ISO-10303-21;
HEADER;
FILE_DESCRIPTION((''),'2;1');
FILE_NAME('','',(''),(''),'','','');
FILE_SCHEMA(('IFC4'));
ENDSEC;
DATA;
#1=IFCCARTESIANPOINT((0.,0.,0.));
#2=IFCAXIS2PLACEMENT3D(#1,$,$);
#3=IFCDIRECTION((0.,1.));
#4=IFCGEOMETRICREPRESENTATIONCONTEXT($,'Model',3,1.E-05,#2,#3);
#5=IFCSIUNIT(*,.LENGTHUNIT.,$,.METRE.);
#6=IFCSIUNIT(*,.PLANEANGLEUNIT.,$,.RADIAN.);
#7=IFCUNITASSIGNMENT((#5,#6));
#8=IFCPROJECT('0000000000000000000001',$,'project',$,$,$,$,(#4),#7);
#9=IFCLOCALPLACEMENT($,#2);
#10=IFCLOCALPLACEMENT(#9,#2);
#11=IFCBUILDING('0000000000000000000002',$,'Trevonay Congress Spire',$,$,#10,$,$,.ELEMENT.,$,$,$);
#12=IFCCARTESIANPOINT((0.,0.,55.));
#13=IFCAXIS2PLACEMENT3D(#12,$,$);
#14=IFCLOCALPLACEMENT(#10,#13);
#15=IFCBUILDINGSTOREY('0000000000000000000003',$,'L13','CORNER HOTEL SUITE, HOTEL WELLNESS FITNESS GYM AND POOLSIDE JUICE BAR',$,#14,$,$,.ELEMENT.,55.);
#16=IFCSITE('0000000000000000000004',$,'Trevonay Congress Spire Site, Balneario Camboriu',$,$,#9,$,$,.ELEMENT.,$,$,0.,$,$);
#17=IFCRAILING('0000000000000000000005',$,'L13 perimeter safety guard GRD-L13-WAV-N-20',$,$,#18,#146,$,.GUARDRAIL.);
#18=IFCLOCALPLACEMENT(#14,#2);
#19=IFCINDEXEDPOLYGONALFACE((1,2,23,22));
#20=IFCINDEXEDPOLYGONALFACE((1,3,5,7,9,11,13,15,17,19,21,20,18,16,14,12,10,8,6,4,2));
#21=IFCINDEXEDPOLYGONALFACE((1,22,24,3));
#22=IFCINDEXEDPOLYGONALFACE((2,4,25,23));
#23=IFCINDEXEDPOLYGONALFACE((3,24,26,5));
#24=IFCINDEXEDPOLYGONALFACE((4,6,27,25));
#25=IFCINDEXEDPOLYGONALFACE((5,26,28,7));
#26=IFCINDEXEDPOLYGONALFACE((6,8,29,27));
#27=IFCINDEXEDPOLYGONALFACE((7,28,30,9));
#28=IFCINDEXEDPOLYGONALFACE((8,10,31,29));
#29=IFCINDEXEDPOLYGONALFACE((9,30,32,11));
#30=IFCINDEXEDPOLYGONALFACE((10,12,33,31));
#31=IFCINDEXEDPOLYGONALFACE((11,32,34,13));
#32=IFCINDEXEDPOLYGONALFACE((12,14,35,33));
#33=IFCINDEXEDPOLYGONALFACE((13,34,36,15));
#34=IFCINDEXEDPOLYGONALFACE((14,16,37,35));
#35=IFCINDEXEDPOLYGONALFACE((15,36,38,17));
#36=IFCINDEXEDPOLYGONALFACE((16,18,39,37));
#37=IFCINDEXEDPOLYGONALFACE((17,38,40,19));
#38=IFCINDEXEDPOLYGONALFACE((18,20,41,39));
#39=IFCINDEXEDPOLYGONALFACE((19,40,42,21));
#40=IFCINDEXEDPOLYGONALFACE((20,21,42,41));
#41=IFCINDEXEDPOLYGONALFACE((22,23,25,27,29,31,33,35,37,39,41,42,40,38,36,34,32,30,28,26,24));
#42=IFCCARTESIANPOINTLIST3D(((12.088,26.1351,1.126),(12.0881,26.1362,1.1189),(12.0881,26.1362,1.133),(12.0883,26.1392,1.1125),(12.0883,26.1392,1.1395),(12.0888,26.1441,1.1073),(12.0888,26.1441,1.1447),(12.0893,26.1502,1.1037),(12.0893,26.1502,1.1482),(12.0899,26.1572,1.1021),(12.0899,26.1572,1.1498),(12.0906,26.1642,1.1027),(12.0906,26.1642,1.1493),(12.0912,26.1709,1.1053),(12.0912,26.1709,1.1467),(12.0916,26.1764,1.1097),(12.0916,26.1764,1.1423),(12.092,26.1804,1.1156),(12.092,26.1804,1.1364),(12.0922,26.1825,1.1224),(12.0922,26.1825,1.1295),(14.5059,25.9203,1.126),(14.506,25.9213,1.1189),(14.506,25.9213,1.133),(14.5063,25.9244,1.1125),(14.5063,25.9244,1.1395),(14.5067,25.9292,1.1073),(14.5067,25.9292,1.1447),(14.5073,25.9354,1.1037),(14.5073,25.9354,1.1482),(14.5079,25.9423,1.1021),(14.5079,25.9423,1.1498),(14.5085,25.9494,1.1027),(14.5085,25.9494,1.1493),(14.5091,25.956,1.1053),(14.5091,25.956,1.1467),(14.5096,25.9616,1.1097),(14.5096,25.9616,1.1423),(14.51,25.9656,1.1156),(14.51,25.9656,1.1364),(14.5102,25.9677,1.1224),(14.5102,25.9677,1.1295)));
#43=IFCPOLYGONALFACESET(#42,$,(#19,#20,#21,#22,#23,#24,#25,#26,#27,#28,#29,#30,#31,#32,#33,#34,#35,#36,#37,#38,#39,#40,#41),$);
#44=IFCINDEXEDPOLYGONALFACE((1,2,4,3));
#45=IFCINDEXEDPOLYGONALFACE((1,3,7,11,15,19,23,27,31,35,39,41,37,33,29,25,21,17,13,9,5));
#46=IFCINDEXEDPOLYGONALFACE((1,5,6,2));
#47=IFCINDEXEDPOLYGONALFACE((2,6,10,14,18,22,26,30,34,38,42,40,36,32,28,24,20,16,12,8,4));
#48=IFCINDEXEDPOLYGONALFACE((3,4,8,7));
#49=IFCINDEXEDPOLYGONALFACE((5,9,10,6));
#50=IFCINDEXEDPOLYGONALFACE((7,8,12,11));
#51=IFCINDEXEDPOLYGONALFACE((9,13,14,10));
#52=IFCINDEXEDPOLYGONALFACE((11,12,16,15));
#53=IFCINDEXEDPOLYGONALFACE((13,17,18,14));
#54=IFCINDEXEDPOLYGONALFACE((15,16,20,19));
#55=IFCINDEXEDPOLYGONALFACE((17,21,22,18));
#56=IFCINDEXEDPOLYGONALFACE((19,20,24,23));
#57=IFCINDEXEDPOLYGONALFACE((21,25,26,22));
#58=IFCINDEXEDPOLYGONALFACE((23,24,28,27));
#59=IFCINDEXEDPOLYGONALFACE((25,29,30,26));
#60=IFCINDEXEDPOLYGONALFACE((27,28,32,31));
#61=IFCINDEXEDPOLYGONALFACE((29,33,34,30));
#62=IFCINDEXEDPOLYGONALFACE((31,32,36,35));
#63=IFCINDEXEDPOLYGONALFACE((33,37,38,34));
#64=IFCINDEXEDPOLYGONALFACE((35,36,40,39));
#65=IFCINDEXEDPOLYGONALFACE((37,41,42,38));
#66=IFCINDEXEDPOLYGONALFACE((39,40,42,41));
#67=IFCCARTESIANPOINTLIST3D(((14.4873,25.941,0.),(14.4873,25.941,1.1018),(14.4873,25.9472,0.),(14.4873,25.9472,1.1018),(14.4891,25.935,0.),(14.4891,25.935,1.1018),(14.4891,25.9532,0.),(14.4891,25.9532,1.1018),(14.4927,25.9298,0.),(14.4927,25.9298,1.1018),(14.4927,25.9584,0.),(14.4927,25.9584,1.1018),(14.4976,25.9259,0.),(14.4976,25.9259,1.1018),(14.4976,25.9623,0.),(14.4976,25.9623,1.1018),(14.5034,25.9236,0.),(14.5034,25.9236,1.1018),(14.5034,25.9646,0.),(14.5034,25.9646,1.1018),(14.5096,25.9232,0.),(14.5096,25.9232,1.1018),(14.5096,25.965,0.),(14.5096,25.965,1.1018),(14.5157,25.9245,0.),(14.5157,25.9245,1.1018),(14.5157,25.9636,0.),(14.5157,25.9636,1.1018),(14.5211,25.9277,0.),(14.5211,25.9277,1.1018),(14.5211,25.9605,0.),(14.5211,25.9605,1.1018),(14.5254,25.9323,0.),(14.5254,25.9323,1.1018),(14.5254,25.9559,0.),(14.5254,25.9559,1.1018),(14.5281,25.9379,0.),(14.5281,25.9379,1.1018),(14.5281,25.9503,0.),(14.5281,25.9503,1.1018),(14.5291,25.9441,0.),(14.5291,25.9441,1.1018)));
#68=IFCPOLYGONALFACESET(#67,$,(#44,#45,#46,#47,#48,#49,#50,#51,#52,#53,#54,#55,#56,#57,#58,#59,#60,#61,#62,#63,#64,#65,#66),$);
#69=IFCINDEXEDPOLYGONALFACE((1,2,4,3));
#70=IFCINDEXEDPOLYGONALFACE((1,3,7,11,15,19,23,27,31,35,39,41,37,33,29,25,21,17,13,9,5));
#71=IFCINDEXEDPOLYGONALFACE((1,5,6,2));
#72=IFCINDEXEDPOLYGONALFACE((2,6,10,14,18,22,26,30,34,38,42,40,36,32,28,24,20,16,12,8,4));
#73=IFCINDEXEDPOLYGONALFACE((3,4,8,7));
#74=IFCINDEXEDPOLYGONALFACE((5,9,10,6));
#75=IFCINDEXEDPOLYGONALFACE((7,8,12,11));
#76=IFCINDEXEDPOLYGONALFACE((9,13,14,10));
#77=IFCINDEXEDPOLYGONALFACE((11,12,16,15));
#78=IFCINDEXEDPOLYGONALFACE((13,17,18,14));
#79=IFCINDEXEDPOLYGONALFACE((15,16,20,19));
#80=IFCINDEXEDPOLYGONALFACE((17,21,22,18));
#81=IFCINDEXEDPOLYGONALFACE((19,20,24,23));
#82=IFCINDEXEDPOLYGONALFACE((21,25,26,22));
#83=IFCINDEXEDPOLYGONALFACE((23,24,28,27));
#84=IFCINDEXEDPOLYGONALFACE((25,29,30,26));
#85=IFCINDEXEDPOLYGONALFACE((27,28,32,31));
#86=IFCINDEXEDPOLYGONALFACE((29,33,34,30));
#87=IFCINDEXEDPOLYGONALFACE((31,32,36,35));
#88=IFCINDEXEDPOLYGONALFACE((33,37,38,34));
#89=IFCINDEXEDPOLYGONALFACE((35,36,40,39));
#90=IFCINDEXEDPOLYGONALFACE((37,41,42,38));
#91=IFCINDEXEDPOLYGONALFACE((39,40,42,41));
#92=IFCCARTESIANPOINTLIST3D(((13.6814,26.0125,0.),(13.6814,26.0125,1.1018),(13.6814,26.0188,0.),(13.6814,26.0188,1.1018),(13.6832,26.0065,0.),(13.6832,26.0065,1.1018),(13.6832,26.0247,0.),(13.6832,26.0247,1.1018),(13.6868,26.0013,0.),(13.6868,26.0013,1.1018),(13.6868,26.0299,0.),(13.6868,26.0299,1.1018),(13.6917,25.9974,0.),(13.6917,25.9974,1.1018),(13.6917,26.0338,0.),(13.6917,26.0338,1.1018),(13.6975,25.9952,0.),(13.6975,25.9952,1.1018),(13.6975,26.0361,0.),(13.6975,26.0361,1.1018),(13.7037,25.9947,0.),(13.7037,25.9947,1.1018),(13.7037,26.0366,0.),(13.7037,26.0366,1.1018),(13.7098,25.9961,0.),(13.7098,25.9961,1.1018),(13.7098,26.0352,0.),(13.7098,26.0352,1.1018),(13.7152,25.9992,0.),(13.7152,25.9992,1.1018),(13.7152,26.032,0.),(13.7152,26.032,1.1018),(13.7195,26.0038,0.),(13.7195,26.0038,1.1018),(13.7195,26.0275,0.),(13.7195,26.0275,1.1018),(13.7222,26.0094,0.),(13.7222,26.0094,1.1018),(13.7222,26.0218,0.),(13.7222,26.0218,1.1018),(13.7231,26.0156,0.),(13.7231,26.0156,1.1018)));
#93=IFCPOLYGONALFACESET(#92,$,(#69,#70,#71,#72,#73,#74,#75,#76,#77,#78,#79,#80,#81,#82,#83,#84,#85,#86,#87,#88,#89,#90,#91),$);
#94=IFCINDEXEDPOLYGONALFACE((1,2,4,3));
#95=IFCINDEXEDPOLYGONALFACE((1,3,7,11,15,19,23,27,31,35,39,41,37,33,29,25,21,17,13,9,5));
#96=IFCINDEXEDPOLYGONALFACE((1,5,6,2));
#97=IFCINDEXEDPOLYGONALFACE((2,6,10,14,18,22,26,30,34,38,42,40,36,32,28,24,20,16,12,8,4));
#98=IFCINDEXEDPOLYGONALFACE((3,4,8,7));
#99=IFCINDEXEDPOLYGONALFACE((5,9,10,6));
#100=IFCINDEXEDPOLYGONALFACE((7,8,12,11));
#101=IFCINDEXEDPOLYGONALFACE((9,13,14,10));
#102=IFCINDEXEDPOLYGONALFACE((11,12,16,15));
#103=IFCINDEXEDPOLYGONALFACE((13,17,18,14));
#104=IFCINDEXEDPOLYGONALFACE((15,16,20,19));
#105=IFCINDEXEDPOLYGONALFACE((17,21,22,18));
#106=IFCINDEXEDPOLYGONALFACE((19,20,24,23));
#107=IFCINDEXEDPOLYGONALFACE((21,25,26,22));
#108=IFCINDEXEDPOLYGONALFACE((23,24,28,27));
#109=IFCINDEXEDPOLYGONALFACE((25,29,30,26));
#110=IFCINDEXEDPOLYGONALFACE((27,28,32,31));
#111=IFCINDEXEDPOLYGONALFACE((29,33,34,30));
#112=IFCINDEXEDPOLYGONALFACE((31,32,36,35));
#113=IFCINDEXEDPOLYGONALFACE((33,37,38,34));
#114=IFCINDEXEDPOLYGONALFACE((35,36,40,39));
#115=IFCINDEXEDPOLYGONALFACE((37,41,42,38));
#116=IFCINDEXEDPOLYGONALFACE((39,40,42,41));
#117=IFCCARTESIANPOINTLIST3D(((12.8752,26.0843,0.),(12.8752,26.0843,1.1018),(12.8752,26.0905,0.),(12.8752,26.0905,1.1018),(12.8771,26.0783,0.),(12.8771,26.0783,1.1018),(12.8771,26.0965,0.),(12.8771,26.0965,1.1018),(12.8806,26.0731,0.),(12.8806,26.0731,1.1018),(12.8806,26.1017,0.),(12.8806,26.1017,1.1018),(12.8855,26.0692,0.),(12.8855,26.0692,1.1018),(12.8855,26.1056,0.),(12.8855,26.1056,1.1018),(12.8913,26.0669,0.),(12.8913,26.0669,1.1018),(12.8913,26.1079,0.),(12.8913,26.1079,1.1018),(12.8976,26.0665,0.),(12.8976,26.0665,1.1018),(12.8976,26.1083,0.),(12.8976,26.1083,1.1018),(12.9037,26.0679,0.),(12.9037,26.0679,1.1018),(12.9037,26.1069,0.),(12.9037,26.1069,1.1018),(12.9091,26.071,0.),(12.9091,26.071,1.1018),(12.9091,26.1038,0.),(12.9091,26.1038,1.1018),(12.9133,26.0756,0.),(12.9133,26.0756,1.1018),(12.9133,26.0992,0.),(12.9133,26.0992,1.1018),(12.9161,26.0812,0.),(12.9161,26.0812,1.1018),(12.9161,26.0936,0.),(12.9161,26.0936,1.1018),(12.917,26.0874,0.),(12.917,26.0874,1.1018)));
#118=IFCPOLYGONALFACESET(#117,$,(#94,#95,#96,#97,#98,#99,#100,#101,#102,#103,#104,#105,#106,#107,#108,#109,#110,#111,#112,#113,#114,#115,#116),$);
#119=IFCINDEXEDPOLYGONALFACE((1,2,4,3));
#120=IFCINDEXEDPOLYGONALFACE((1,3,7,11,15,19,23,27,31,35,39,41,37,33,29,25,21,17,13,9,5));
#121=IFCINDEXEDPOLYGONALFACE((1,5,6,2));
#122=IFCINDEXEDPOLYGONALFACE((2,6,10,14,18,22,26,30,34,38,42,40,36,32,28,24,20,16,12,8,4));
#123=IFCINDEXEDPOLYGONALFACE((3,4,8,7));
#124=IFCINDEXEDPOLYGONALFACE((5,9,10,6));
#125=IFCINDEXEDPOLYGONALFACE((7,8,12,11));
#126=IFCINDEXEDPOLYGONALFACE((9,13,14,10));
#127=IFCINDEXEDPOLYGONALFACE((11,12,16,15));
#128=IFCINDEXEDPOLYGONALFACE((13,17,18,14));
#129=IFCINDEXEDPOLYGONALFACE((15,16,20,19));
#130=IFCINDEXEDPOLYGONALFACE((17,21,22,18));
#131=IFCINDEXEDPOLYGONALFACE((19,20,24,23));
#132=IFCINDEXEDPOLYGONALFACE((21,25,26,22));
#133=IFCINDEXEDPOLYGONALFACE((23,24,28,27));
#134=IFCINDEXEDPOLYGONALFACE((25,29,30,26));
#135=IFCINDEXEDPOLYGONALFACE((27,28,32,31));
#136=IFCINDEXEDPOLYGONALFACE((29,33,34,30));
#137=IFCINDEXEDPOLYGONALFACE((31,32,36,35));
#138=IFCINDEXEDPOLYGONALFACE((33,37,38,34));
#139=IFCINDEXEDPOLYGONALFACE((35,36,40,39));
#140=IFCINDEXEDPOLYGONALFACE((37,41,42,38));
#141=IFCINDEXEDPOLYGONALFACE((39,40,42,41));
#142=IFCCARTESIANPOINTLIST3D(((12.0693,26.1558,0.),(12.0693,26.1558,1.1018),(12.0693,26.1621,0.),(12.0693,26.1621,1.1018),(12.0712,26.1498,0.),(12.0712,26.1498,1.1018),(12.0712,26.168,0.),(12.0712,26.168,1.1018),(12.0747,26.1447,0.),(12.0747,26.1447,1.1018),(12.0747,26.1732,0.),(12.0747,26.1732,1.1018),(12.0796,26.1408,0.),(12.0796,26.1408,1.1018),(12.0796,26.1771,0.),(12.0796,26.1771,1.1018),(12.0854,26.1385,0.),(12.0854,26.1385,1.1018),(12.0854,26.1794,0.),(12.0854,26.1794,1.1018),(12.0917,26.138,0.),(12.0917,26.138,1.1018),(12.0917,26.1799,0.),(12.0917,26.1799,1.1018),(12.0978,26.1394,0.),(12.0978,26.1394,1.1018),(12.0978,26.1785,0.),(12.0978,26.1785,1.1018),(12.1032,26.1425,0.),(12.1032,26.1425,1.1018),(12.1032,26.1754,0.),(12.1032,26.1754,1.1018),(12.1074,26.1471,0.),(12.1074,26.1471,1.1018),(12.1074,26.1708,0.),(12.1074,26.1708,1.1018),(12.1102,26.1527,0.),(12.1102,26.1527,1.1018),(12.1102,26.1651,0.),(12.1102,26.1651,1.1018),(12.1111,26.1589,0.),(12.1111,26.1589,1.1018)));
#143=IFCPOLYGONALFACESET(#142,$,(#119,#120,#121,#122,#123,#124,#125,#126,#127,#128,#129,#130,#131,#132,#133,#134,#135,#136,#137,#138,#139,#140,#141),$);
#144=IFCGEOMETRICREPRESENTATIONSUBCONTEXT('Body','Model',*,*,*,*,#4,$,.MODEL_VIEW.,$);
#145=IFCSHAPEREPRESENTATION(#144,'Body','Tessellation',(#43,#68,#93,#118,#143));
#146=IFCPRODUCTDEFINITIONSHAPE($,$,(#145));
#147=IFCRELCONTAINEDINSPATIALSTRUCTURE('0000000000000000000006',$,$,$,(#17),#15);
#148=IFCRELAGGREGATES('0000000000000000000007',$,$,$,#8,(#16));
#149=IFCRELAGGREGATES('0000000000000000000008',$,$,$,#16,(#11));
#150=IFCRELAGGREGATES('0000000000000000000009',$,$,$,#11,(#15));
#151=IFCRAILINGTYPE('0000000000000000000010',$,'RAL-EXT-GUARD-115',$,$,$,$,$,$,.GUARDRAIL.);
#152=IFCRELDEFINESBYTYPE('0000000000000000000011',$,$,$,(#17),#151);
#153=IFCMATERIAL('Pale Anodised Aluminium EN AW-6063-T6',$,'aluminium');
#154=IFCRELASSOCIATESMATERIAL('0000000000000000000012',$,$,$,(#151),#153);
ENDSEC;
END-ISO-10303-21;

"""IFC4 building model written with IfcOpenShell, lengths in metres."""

from ifc_helpers import new_model, si_unit, direction, frame, origin, origin_2d, place, context, subcontext, project, spatial, circle, extrude, material, type_object, element, save


model = new_model("IFC4")

# Units and contexts
model_context = context("Model", 3, precision=1e-05, world=origin(), true_north=direction((0.0, 1.0)))
body_context = subcontext(model_context, "Body", "Model", "MODEL_VIEW")
ifc_project = project(units=[si_unit("LENGTHUNIT", "METRE"), si_unit("PLANEANGLEUNIT", "RADIAN")], contexts=[model_context])

# Site, building, storey
site_placement = place(None, origin())
site = spatial("IfcSite", under=ifc_project, at=site_placement, Name="Trevonay Congress Spire Site, Balneario Camboriu", CompositionType="ELEMENT", RefElevation=0.0)
building_placement = place(site_placement, origin())
building = spatial("IfcBuilding", under=site, at=building_placement, Name="Trevonay Congress Spire", CompositionType="ELEMENT")
storey_placement = place(building_placement, frame((0.0, 0.0, 55.0)))
storey = spatial("IfcBuildingStorey", under=building, at=storey_placement, Name="L13", Description="CORNER HOTEL SUITE, HOTEL WELLNESS FITNESS GYM AND POOLSIDE JUICE BAR", CompositionType="ELEMENT", Elevation=55.0)

# Shared definitions
ifc_material_1 = material(Name="Pale Anodised Aluminium EN AW-6063-T6", Category="aluminium")

# Railing
railing_type = type_object("IfcRailingType", Name="RAL-EXT-GUARD-115", PredefinedType="GUARDRAIL", material=ifc_material_1)
railing_1_placement = place(storey_placement, frame((14.5081, 25.9441, 0.0)))
element("IfcRailing", 1, at=railing_1_placement, inside=storey, type_object=railing_type, Name="L13 perimeter safety guard GRD-L13-WAV-N-20", PredefinedType="GUARDRAIL", context=body_context, shape_type="SweptSolid", body=[
    extrude(circle(Radius=0.0239, at=origin_2d()), frame((0.0, 0.0, 1.126), z_axis=(-0.996076, 0.088504, 0.0), x_axis=(-0.088504, -0.996076, 0.0)), (0.0, 0.0, 1.0), 2.4275),
    extrude(circle(Radius=0.021, at=origin_2d()), origin(), (0.0, 0.0, 1.0), 1.1018),
    extrude(circle(Radius=0.021, at=origin_2d()), frame((-0.8059, 0.0715, 0.0)), (0.0, 0.0, 1.0), 1.1018),
    extrude(circle(Radius=0.021, at=origin_2d()), frame((-1.6121, 0.1433, 0.0)), (0.0, 0.0, 1.0), 1.1018),
    extrude(circle(Radius=0.021, at=origin_2d()), frame((-2.418, 0.2148, 0.0)), (0.0, 0.0, 1.0), 1.1018),
])

save(model, "model.ifc")
